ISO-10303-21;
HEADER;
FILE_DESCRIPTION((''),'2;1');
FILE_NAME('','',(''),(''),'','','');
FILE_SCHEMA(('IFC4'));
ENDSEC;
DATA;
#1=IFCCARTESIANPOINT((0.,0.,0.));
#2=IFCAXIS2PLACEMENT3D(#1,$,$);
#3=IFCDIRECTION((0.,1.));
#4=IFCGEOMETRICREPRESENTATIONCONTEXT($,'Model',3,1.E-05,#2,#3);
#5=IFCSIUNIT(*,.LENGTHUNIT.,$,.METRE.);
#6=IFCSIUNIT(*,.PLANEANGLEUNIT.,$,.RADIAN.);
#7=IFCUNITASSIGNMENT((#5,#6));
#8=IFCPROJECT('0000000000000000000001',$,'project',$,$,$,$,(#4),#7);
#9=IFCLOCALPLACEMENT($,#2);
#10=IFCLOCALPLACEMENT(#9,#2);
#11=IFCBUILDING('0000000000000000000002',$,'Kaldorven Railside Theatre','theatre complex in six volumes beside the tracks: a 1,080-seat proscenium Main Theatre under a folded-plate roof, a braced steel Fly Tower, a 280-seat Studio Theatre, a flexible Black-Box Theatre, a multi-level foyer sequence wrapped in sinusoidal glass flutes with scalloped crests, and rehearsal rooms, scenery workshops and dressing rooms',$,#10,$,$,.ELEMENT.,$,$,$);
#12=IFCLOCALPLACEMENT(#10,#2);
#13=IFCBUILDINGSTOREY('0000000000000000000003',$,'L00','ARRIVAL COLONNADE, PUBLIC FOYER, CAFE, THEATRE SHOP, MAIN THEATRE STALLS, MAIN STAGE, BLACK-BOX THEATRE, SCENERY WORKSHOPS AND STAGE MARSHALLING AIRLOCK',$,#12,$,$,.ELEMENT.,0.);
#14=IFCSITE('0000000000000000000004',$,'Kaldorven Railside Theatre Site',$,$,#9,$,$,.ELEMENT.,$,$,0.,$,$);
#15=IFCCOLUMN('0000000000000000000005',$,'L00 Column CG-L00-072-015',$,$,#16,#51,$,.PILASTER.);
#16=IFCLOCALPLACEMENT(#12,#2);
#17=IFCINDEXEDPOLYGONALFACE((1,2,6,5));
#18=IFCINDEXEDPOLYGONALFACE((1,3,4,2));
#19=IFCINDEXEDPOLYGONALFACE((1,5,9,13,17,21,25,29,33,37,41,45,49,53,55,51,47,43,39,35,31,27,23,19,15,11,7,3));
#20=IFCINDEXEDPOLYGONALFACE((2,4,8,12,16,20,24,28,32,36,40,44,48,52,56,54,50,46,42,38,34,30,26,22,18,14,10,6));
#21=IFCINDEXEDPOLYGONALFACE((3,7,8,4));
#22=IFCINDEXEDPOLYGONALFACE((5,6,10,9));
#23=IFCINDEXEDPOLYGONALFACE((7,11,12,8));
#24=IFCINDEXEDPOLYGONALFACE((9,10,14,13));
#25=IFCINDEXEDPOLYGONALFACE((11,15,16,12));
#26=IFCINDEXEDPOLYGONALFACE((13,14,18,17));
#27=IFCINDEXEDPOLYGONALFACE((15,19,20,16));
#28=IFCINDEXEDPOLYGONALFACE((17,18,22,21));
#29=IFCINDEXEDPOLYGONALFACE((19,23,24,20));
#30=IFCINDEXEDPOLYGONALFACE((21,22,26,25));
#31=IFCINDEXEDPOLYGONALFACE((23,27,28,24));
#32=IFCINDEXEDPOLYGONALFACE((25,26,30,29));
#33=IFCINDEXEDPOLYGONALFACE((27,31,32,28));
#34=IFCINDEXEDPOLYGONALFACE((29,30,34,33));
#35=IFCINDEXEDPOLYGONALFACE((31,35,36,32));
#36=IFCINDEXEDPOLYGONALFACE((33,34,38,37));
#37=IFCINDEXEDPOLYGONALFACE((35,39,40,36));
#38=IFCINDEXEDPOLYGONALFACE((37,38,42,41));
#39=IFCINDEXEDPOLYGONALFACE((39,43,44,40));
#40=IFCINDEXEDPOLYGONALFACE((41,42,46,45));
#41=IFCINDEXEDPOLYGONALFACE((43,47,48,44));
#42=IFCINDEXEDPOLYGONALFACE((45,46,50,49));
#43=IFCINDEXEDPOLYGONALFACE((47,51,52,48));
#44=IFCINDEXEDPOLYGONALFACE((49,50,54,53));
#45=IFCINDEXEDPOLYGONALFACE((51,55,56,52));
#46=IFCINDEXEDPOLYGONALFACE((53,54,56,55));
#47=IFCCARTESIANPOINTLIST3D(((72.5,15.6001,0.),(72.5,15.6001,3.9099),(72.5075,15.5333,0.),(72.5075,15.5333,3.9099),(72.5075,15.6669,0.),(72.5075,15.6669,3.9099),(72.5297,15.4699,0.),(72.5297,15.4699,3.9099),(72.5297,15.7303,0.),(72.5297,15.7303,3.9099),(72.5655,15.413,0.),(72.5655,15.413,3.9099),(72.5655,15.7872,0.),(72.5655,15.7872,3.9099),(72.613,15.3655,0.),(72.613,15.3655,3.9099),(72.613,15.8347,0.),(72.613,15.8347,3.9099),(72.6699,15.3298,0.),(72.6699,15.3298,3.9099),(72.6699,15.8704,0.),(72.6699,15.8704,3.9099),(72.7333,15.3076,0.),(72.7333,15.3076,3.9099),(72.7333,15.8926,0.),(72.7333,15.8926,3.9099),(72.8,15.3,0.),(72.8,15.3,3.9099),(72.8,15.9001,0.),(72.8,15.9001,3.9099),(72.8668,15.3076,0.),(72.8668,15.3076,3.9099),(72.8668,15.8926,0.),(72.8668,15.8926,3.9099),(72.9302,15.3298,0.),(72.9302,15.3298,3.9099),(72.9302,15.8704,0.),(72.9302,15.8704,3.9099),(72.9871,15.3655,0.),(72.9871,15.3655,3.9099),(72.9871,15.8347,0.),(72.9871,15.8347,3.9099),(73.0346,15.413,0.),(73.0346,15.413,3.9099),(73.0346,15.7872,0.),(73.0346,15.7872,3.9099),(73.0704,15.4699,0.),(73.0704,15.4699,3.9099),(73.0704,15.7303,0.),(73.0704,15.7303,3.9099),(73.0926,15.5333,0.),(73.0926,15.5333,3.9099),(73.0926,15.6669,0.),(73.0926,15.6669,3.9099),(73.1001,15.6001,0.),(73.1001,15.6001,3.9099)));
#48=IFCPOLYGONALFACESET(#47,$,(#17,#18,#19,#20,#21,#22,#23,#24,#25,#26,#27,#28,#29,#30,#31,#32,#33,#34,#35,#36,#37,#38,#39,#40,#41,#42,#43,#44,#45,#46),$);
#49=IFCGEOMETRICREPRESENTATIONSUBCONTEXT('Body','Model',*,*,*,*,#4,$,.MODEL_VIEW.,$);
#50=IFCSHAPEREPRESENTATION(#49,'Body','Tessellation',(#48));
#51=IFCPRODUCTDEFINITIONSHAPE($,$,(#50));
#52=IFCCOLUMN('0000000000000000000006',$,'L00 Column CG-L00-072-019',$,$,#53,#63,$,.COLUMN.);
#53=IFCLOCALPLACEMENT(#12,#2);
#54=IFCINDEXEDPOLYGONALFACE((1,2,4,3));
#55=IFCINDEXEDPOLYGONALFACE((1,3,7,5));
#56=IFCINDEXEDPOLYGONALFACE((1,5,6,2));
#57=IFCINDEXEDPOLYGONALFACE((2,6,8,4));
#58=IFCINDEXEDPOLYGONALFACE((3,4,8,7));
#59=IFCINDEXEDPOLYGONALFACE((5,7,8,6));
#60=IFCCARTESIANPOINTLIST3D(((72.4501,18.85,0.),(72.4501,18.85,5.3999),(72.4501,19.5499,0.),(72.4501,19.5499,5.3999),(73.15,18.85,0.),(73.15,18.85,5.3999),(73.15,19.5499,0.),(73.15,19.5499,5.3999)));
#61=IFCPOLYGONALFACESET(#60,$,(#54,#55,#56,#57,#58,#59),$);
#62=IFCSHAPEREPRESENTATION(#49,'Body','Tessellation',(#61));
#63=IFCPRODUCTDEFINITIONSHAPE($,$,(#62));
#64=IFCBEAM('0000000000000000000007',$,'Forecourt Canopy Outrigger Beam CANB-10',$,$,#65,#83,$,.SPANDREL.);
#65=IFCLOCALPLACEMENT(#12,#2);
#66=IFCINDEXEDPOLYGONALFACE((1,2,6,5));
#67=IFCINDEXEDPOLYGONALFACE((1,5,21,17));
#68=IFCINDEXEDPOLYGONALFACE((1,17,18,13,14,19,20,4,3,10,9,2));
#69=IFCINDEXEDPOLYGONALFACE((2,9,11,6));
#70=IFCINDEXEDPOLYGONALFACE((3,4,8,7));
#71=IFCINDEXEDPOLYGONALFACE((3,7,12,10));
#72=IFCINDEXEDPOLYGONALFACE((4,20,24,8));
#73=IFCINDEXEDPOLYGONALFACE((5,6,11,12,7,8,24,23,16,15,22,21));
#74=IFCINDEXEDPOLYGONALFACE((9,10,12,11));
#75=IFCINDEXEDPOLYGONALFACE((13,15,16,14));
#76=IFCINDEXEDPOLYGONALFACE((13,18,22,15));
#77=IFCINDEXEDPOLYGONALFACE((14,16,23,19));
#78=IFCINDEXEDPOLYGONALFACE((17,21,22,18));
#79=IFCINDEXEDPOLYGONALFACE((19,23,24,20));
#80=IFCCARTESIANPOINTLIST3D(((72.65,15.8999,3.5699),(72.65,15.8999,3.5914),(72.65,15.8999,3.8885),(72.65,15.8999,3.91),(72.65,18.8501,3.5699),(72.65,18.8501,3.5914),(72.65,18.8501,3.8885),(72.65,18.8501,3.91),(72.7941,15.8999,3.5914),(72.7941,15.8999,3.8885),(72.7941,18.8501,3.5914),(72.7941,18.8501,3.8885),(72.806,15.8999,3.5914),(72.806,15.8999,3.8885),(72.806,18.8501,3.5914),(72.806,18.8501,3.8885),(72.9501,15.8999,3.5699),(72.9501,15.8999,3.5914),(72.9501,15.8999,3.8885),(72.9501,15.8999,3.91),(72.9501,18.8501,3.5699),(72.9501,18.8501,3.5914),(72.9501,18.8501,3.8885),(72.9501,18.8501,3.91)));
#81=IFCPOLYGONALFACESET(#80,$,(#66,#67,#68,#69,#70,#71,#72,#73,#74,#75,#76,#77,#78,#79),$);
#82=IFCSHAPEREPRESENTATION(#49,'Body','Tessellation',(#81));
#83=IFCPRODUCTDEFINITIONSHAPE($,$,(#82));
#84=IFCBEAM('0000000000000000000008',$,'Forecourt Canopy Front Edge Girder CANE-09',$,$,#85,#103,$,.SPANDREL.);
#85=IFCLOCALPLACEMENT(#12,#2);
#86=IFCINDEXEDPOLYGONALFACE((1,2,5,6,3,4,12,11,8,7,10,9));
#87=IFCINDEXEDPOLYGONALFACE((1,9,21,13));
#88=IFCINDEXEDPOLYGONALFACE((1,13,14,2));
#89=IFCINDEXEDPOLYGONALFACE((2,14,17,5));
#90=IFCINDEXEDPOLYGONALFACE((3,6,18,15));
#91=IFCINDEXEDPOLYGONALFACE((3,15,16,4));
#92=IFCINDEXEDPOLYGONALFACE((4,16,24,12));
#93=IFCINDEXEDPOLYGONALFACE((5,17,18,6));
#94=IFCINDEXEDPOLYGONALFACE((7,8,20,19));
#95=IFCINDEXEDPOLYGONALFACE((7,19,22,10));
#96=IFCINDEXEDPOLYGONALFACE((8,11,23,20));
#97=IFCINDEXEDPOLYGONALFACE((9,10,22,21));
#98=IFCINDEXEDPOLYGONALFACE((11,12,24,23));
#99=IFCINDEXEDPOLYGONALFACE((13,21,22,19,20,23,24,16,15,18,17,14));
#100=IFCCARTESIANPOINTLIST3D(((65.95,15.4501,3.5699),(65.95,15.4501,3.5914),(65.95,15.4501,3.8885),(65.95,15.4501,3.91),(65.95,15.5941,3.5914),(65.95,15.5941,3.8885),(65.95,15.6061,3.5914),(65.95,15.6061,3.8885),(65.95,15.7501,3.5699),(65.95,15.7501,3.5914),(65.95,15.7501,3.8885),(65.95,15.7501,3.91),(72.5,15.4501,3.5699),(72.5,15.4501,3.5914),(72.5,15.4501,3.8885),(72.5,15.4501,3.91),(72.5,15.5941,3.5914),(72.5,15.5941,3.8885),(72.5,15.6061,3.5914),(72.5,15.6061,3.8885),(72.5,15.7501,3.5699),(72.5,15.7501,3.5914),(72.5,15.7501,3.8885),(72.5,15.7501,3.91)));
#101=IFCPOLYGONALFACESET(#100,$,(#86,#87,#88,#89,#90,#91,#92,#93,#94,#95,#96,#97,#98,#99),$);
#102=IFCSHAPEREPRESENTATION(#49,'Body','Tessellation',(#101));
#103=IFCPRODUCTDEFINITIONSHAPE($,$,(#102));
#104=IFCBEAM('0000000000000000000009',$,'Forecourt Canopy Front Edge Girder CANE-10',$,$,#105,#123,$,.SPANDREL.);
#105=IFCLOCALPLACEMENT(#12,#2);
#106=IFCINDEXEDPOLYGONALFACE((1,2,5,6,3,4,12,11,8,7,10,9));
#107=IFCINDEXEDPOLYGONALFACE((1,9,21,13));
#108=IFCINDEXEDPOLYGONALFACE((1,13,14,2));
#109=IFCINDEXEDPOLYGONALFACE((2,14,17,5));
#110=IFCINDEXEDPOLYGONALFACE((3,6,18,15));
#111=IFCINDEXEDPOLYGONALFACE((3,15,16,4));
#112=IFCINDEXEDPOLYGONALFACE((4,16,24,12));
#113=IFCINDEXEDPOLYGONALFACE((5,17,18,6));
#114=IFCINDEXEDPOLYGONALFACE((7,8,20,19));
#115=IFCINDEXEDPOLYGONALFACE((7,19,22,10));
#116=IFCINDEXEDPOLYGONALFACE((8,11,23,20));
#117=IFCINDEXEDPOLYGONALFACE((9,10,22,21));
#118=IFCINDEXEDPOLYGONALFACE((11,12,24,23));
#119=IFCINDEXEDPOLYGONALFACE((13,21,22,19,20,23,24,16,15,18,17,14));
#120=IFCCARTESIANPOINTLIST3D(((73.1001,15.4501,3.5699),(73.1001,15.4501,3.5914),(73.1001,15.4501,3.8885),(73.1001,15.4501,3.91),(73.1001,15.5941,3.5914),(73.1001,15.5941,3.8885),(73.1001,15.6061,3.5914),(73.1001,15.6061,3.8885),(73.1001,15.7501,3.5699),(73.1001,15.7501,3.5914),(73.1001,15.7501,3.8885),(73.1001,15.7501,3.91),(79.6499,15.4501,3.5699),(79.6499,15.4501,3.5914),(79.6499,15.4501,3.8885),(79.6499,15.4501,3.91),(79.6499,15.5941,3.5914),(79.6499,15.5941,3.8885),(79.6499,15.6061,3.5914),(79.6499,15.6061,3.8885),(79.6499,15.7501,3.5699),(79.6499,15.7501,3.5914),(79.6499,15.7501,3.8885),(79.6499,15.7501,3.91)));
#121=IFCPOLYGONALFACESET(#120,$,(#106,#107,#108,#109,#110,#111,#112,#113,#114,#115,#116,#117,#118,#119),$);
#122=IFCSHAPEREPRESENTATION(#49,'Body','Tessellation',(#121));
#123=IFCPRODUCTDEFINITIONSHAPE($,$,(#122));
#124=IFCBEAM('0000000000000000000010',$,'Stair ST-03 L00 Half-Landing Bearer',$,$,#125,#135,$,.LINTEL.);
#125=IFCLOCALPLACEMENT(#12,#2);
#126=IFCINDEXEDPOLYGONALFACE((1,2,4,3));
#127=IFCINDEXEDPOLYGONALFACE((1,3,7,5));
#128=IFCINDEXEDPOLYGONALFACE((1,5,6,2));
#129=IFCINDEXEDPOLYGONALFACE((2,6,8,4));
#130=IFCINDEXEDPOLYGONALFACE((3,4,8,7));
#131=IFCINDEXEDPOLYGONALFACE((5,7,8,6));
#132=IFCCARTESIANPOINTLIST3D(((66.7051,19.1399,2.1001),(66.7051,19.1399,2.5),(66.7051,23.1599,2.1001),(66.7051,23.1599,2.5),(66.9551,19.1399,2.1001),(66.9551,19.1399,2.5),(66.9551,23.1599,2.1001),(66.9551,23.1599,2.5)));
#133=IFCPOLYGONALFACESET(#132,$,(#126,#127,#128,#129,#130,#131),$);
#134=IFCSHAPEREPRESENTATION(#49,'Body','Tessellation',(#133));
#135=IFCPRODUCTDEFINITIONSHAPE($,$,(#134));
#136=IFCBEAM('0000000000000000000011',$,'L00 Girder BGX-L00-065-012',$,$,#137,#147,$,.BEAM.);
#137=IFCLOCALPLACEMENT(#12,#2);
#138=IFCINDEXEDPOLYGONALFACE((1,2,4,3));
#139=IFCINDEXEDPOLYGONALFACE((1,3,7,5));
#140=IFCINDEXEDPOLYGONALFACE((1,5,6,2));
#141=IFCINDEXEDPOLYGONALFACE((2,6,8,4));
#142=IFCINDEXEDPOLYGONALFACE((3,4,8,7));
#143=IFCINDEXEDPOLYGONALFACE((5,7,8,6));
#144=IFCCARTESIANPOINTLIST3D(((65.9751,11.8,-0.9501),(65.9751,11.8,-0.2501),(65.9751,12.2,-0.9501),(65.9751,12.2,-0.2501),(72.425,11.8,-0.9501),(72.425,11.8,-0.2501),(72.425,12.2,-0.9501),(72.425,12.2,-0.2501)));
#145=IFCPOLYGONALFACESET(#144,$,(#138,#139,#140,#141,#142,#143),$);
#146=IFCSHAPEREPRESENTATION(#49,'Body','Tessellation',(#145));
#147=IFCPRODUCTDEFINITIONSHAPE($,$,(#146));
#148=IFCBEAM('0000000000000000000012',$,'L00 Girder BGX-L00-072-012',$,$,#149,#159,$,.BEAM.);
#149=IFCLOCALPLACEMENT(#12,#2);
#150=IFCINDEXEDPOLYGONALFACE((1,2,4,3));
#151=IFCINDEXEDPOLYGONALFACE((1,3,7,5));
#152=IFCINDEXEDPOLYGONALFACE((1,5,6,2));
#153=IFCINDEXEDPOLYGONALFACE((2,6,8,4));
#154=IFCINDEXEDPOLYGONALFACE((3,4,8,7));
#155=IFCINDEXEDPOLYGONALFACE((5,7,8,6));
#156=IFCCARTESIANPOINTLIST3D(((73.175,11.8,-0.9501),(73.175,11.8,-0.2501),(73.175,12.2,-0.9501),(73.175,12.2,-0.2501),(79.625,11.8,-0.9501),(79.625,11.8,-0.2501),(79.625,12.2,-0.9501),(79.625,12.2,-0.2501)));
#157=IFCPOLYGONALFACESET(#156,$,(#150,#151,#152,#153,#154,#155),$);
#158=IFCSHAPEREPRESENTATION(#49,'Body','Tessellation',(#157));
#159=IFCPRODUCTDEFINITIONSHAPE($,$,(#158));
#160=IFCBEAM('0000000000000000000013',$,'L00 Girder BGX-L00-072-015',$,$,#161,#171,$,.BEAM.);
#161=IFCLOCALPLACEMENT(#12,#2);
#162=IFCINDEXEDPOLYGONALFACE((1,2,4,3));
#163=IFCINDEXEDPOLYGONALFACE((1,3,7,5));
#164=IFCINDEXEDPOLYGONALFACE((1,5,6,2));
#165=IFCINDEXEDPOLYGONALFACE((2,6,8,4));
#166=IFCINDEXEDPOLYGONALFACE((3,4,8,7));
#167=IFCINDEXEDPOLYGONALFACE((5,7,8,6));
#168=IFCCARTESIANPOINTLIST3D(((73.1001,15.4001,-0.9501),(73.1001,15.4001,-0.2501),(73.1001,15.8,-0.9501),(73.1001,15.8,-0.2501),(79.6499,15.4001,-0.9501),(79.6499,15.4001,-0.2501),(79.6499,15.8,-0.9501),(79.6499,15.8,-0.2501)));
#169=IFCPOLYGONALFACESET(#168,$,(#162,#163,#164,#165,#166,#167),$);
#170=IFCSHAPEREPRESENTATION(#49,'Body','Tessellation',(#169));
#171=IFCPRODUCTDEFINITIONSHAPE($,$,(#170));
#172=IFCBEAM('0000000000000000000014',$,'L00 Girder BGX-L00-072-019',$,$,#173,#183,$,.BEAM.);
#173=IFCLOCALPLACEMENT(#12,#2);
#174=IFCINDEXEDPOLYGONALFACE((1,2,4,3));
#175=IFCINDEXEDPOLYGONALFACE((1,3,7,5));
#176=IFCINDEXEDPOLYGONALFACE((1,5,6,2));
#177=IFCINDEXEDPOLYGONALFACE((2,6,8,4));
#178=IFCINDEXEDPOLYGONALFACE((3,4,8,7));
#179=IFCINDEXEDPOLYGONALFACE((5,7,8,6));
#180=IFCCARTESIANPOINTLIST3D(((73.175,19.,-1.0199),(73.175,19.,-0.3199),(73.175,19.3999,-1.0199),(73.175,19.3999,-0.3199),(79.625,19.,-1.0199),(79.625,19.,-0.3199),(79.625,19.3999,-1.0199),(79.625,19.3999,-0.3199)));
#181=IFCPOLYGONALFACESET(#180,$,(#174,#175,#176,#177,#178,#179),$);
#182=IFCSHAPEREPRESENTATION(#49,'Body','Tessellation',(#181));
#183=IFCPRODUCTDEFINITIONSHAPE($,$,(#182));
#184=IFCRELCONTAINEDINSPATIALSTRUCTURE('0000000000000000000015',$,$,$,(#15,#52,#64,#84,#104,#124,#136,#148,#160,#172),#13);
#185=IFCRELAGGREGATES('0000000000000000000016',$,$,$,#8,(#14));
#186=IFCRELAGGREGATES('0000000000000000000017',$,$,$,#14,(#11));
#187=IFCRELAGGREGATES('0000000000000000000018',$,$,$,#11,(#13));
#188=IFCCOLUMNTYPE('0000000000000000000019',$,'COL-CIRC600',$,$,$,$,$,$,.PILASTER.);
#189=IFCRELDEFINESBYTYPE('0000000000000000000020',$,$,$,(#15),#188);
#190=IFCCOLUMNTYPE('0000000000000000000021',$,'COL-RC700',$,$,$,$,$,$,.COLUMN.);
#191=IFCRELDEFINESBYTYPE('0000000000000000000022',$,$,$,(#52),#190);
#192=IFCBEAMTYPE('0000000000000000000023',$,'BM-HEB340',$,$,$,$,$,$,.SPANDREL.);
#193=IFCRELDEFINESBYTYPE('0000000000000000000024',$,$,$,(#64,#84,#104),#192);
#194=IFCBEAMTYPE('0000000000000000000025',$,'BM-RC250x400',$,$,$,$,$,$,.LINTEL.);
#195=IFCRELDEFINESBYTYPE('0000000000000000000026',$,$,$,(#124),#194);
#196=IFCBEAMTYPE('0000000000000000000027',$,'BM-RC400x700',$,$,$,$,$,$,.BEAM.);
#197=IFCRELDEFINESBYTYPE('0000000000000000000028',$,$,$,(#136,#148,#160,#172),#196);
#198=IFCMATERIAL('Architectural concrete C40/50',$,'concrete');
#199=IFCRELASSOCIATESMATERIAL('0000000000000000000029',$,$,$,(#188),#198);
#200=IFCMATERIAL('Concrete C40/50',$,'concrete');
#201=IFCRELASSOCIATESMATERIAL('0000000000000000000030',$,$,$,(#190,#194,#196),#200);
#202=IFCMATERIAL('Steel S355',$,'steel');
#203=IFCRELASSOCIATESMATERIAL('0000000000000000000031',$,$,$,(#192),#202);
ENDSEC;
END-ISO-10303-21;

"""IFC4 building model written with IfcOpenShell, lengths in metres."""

from ifc_helpers import new_model, si_unit, direction, frame, origin, origin_2d, place, context, subcontext, project, spatial, rectangle, circle, i_section, extrude, material, material_profile, profile_set, type_object, element, save


model = new_model("IFC4")

# Units and contexts
model_context = context("Model", 3, precision=1e-05, world=origin(), true_north=direction((0.0, 1.0)))
body_context = subcontext(model_context, "Body", "Model", "MODEL_VIEW")
ifc_project = project(units=[si_unit("LENGTHUNIT", "METRE"), si_unit("PLANEANGLEUNIT", "RADIAN")], contexts=[model_context])

# Site, building, storey
site_placement = place(None, origin())
site = spatial("IfcSite", under=ifc_project, at=site_placement, Name="Kaldorven Railside Theatre Site", CompositionType="ELEMENT", RefElevation=0.0)
building_placement = place(site_placement, origin())
building = spatial("IfcBuilding", under=site, at=building_placement, Name="Kaldorven Railside Theatre", Description="theatre complex in six volumes beside the tracks: a 1,080-seat proscenium Main Theatre under a folded-plate roof, a braced steel Fly Tower, a 280-seat Studio Theatre, a flexible Black-Box Theatre, a multi-level foyer sequence wrapped in sinusoidal glass flutes with scalloped crests, and rehearsal rooms, scenery workshops and dressing rooms", CompositionType="ELEMENT")
storey_placement = place(building_placement, origin())
storey = spatial("IfcBuildingStorey", under=building, at=storey_placement, Name="L00", Description="ARRIVAL COLONNADE, PUBLIC FOYER, CAFE, THEATRE SHOP, MAIN THEATRE STALLS, MAIN STAGE, BLACK-BOX THEATRE, SCENERY WORKSHOPS AND STAGE MARSHALLING AIRLOCK", CompositionType="ELEMENT", Elevation=0.0)

# Columns
ifc_material_1 = material(Name="Architectural concrete C40/50", Category="concrete")
ifc_material_profile_1 = material_profile(ifc_material_1, circle(Radius=0.3, at=origin_2d()), Name="RC D600")
ifc_profile_set_1 = profile_set([ifc_material_profile_1], Name="Architectural concrete C40/50")
column_type_1 = type_object("IfcColumnType", Name="COL-CIRC600", PredefinedType="PILASTER", material=ifc_profile_set_1)
column_1_placement = place(storey_placement, frame((72.8, 15.6001, 0.0), z_axis=(0.0, 0.0, 1.0), x_axis=(1.0, 0.0, 0.0)))
element("IfcColumn", 1, at=column_1_placement, inside=storey, type_object=column_type_1, Name="L00 Column CG-L00-072-015", PredefinedType="PILASTER", context=body_context, shape_type="SweptSolid", body=[
    extrude(circle(Radius=0.3, at=origin_2d()), origin(), (0.0, 0.0, 1.0), 3.9099),
])
ifc_material_2 = material(Name="Concrete C40/50", Category="concrete")
ifc_material_profile_2 = material_profile(ifc_material_2, rectangle(XDim=0.7, YDim=0.7, at=origin_2d()), Name="RC 700x700")
ifc_profile_set_2 = profile_set([ifc_material_profile_2], Name="Concrete C40/50")
column_type_2 = type_object("IfcColumnType", Name="COL-RC700", PredefinedType="COLUMN", material=ifc_profile_set_2)
column_2_placement = place(storey_placement, frame((72.8, 19.2, 0.0), z_axis=(0.0, 0.0, 1.0), x_axis=(1.0, 0.0, 0.0)))
element("IfcColumn", 2, at=column_2_placement, inside=storey, type_object=column_type_2, Name="L00 Column CG-L00-072-019", PredefinedType="COLUMN", context=body_context, shape_type="SweptSolid", body=[
    extrude(rectangle(XDim=0.7, YDim=0.7, at=origin_2d()), origin(), (0.0, 0.0, 1.0), 5.3999),
])

# Beams
ifc_material_3 = material(Name="Steel S355", Category="steel")
ifc_material_profile_3 = material_profile(ifc_material_3, i_section(OverallWidth=0.3, OverallDepth=0.3401, WebThickness=0.012, FlangeThickness=0.0215, at=origin_2d()), Name="HEB 340")
ifc_profile_set_3 = profile_set([ifc_material_profile_3], Name="Steel S355")
beam_type_1 = type_object("IfcBeamType", Name="BM-HEB340", PredefinedType="SPANDREL", material=ifc_profile_set_3)
beam_1_placement = place(storey_placement, frame((72.8, 15.8999, 3.74), z_axis=(0.0, 1.0, 0.0), x_axis=(-1.0, 0.0, 0.0)))
element("IfcBeam", 3, at=beam_1_placement, inside=storey, type_object=beam_type_1, Name="Forecourt Canopy Outrigger Beam CANB-10", PredefinedType="SPANDREL", context=body_context, shape_type="SweptSolid", body=[
    extrude(i_section(OverallWidth=0.3, OverallDepth=0.3401, WebThickness=0.012, FlangeThickness=0.0215, at=origin_2d()), origin(), (0.0, 0.0, 1.0), 2.9502),
])
beam_2_placement = place(storey_placement, frame((65.95, 15.6001, 3.74), z_axis=(1.0, 0.0, 0.0), x_axis=(0.0, 1.0, 0.0)))
element("IfcBeam", 4, at=beam_2_placement, inside=storey, type_object=beam_type_1, Name="Forecourt Canopy Front Edge Girder CANE-09", PredefinedType="SPANDREL", context=body_context, shape_type="SweptSolid", body=[
    extrude(i_section(OverallWidth=0.3, OverallDepth=0.3401, WebThickness=0.012, FlangeThickness=0.0215, at=origin_2d()), origin(), (0.0, 0.0, 1.0), 6.55),
])
beam_3_placement = place(storey_placement, frame((73.1001, 15.6001, 3.74), z_axis=(1.0, 0.0, 0.0), x_axis=(0.0, 1.0, 0.0)))
element("IfcBeam", 5, at=beam_3_placement, inside=storey, type_object=beam_type_1, Name="Forecourt Canopy Front Edge Girder CANE-10", PredefinedType="SPANDREL", context=body_context, shape_type="SweptSolid", body=[
    extrude(i_section(OverallWidth=0.3, OverallDepth=0.3401, WebThickness=0.012, FlangeThickness=0.0215, at=origin_2d()), origin(), (0.0, 0.0, 1.0), 6.5498),
])
ifc_material_profile_4 = material_profile(ifc_material_2, rectangle(XDim=0.25, YDim=0.3999, at=origin_2d()), Name="RC 250x400")
ifc_profile_set_4 = profile_set([ifc_material_profile_4], Name="Concrete C40/50")
beam_type_2 = type_object("IfcBeamType", Name="BM-RC250x400", PredefinedType="LINTEL", material=ifc_profile_set_4)
beam_4_placement = place(storey_placement, frame((66.8301, 19.1399, 2.3), z_axis=(0.0, 1.0, 0.0), x_axis=(-1.0, 0.0, 0.0)))
element("IfcBeam", 6, at=beam_4_placement, inside=storey, type_object=beam_type_2, Name="Stair ST-03 L00 Half-Landing Bearer", PredefinedType="LINTEL", context=body_context, shape_type="SweptSolid", body=[
    extrude(rectangle(XDim=0.25, YDim=0.3999, at=origin_2d()), origin(), (0.0, 0.0, 1.0), 4.02),
])
ifc_material_profile_5 = material_profile(ifc_material_2, rectangle(XDim=0.3999, YDim=0.7, at=origin_2d()), Name="RC 400x700")
ifc_profile_set_5 = profile_set([ifc_material_profile_5], Name="Concrete C40/50")
beam_type_3 = type_object("IfcBeamType", Name="BM-RC400x700", PredefinedType="BEAM", material=ifc_profile_set_5)
for number, where, z_axis, x_axis, name in (
    (7, (65.9751, 12.0, -0.6001), (1.0, 0.0, 0.0), (0.0, 1.0, 0.0), "L00 Girder BGX-L00-065-012"),
    (8, (73.175, 12.0, -0.6001), (1.0, 0.0, 0.0), (0.0, 1.0, 0.0), "L00 Girder BGX-L00-072-012"),
):
    element("IfcBeam", number, at=place(storey_placement, frame(where, z_axis=z_axis, x_axis=x_axis)), inside=storey, type_object=beam_type_3, Name=name, PredefinedType="BEAM", context=body_context, shape_type="SweptSolid", body=[
        extrude(rectangle(XDim=0.3999, YDim=0.7, at=origin_2d()), origin(), (0.0, 0.0, 1.0), 6.45),
    ])
beam_5_placement = place(storey_placement, frame((73.1001, 15.6001, -0.6001), z_axis=(1.0, 0.0, 0.0), x_axis=(0.0, 1.0, 0.0)))
element("IfcBeam", 9, at=beam_5_placement, inside=storey, type_object=beam_type_3, Name="L00 Girder BGX-L00-072-015", PredefinedType="BEAM", context=body_context, shape_type="SweptSolid", body=[
    extrude(rectangle(XDim=0.3999, YDim=0.7, at=origin_2d()), origin(), (0.0, 0.0, 1.0), 6.5498),
])
beam_6_placement = place(storey_placement, frame((73.175, 19.2, -0.6699), z_axis=(1.0, 0.0, 0.0), x_axis=(0.0, 1.0, 0.0)))
element("IfcBeam", 10, at=beam_6_placement, inside=storey, type_object=beam_type_3, Name="L00 Girder BGX-L00-072-019", PredefinedType="BEAM", context=body_context, shape_type="SweptSolid", body=[
    extrude(rectangle(XDim=0.3999, YDim=0.7, at=origin_2d()), origin(), (0.0, 0.0, 1.0), 6.45),
])

save(model, "model.ifc")
